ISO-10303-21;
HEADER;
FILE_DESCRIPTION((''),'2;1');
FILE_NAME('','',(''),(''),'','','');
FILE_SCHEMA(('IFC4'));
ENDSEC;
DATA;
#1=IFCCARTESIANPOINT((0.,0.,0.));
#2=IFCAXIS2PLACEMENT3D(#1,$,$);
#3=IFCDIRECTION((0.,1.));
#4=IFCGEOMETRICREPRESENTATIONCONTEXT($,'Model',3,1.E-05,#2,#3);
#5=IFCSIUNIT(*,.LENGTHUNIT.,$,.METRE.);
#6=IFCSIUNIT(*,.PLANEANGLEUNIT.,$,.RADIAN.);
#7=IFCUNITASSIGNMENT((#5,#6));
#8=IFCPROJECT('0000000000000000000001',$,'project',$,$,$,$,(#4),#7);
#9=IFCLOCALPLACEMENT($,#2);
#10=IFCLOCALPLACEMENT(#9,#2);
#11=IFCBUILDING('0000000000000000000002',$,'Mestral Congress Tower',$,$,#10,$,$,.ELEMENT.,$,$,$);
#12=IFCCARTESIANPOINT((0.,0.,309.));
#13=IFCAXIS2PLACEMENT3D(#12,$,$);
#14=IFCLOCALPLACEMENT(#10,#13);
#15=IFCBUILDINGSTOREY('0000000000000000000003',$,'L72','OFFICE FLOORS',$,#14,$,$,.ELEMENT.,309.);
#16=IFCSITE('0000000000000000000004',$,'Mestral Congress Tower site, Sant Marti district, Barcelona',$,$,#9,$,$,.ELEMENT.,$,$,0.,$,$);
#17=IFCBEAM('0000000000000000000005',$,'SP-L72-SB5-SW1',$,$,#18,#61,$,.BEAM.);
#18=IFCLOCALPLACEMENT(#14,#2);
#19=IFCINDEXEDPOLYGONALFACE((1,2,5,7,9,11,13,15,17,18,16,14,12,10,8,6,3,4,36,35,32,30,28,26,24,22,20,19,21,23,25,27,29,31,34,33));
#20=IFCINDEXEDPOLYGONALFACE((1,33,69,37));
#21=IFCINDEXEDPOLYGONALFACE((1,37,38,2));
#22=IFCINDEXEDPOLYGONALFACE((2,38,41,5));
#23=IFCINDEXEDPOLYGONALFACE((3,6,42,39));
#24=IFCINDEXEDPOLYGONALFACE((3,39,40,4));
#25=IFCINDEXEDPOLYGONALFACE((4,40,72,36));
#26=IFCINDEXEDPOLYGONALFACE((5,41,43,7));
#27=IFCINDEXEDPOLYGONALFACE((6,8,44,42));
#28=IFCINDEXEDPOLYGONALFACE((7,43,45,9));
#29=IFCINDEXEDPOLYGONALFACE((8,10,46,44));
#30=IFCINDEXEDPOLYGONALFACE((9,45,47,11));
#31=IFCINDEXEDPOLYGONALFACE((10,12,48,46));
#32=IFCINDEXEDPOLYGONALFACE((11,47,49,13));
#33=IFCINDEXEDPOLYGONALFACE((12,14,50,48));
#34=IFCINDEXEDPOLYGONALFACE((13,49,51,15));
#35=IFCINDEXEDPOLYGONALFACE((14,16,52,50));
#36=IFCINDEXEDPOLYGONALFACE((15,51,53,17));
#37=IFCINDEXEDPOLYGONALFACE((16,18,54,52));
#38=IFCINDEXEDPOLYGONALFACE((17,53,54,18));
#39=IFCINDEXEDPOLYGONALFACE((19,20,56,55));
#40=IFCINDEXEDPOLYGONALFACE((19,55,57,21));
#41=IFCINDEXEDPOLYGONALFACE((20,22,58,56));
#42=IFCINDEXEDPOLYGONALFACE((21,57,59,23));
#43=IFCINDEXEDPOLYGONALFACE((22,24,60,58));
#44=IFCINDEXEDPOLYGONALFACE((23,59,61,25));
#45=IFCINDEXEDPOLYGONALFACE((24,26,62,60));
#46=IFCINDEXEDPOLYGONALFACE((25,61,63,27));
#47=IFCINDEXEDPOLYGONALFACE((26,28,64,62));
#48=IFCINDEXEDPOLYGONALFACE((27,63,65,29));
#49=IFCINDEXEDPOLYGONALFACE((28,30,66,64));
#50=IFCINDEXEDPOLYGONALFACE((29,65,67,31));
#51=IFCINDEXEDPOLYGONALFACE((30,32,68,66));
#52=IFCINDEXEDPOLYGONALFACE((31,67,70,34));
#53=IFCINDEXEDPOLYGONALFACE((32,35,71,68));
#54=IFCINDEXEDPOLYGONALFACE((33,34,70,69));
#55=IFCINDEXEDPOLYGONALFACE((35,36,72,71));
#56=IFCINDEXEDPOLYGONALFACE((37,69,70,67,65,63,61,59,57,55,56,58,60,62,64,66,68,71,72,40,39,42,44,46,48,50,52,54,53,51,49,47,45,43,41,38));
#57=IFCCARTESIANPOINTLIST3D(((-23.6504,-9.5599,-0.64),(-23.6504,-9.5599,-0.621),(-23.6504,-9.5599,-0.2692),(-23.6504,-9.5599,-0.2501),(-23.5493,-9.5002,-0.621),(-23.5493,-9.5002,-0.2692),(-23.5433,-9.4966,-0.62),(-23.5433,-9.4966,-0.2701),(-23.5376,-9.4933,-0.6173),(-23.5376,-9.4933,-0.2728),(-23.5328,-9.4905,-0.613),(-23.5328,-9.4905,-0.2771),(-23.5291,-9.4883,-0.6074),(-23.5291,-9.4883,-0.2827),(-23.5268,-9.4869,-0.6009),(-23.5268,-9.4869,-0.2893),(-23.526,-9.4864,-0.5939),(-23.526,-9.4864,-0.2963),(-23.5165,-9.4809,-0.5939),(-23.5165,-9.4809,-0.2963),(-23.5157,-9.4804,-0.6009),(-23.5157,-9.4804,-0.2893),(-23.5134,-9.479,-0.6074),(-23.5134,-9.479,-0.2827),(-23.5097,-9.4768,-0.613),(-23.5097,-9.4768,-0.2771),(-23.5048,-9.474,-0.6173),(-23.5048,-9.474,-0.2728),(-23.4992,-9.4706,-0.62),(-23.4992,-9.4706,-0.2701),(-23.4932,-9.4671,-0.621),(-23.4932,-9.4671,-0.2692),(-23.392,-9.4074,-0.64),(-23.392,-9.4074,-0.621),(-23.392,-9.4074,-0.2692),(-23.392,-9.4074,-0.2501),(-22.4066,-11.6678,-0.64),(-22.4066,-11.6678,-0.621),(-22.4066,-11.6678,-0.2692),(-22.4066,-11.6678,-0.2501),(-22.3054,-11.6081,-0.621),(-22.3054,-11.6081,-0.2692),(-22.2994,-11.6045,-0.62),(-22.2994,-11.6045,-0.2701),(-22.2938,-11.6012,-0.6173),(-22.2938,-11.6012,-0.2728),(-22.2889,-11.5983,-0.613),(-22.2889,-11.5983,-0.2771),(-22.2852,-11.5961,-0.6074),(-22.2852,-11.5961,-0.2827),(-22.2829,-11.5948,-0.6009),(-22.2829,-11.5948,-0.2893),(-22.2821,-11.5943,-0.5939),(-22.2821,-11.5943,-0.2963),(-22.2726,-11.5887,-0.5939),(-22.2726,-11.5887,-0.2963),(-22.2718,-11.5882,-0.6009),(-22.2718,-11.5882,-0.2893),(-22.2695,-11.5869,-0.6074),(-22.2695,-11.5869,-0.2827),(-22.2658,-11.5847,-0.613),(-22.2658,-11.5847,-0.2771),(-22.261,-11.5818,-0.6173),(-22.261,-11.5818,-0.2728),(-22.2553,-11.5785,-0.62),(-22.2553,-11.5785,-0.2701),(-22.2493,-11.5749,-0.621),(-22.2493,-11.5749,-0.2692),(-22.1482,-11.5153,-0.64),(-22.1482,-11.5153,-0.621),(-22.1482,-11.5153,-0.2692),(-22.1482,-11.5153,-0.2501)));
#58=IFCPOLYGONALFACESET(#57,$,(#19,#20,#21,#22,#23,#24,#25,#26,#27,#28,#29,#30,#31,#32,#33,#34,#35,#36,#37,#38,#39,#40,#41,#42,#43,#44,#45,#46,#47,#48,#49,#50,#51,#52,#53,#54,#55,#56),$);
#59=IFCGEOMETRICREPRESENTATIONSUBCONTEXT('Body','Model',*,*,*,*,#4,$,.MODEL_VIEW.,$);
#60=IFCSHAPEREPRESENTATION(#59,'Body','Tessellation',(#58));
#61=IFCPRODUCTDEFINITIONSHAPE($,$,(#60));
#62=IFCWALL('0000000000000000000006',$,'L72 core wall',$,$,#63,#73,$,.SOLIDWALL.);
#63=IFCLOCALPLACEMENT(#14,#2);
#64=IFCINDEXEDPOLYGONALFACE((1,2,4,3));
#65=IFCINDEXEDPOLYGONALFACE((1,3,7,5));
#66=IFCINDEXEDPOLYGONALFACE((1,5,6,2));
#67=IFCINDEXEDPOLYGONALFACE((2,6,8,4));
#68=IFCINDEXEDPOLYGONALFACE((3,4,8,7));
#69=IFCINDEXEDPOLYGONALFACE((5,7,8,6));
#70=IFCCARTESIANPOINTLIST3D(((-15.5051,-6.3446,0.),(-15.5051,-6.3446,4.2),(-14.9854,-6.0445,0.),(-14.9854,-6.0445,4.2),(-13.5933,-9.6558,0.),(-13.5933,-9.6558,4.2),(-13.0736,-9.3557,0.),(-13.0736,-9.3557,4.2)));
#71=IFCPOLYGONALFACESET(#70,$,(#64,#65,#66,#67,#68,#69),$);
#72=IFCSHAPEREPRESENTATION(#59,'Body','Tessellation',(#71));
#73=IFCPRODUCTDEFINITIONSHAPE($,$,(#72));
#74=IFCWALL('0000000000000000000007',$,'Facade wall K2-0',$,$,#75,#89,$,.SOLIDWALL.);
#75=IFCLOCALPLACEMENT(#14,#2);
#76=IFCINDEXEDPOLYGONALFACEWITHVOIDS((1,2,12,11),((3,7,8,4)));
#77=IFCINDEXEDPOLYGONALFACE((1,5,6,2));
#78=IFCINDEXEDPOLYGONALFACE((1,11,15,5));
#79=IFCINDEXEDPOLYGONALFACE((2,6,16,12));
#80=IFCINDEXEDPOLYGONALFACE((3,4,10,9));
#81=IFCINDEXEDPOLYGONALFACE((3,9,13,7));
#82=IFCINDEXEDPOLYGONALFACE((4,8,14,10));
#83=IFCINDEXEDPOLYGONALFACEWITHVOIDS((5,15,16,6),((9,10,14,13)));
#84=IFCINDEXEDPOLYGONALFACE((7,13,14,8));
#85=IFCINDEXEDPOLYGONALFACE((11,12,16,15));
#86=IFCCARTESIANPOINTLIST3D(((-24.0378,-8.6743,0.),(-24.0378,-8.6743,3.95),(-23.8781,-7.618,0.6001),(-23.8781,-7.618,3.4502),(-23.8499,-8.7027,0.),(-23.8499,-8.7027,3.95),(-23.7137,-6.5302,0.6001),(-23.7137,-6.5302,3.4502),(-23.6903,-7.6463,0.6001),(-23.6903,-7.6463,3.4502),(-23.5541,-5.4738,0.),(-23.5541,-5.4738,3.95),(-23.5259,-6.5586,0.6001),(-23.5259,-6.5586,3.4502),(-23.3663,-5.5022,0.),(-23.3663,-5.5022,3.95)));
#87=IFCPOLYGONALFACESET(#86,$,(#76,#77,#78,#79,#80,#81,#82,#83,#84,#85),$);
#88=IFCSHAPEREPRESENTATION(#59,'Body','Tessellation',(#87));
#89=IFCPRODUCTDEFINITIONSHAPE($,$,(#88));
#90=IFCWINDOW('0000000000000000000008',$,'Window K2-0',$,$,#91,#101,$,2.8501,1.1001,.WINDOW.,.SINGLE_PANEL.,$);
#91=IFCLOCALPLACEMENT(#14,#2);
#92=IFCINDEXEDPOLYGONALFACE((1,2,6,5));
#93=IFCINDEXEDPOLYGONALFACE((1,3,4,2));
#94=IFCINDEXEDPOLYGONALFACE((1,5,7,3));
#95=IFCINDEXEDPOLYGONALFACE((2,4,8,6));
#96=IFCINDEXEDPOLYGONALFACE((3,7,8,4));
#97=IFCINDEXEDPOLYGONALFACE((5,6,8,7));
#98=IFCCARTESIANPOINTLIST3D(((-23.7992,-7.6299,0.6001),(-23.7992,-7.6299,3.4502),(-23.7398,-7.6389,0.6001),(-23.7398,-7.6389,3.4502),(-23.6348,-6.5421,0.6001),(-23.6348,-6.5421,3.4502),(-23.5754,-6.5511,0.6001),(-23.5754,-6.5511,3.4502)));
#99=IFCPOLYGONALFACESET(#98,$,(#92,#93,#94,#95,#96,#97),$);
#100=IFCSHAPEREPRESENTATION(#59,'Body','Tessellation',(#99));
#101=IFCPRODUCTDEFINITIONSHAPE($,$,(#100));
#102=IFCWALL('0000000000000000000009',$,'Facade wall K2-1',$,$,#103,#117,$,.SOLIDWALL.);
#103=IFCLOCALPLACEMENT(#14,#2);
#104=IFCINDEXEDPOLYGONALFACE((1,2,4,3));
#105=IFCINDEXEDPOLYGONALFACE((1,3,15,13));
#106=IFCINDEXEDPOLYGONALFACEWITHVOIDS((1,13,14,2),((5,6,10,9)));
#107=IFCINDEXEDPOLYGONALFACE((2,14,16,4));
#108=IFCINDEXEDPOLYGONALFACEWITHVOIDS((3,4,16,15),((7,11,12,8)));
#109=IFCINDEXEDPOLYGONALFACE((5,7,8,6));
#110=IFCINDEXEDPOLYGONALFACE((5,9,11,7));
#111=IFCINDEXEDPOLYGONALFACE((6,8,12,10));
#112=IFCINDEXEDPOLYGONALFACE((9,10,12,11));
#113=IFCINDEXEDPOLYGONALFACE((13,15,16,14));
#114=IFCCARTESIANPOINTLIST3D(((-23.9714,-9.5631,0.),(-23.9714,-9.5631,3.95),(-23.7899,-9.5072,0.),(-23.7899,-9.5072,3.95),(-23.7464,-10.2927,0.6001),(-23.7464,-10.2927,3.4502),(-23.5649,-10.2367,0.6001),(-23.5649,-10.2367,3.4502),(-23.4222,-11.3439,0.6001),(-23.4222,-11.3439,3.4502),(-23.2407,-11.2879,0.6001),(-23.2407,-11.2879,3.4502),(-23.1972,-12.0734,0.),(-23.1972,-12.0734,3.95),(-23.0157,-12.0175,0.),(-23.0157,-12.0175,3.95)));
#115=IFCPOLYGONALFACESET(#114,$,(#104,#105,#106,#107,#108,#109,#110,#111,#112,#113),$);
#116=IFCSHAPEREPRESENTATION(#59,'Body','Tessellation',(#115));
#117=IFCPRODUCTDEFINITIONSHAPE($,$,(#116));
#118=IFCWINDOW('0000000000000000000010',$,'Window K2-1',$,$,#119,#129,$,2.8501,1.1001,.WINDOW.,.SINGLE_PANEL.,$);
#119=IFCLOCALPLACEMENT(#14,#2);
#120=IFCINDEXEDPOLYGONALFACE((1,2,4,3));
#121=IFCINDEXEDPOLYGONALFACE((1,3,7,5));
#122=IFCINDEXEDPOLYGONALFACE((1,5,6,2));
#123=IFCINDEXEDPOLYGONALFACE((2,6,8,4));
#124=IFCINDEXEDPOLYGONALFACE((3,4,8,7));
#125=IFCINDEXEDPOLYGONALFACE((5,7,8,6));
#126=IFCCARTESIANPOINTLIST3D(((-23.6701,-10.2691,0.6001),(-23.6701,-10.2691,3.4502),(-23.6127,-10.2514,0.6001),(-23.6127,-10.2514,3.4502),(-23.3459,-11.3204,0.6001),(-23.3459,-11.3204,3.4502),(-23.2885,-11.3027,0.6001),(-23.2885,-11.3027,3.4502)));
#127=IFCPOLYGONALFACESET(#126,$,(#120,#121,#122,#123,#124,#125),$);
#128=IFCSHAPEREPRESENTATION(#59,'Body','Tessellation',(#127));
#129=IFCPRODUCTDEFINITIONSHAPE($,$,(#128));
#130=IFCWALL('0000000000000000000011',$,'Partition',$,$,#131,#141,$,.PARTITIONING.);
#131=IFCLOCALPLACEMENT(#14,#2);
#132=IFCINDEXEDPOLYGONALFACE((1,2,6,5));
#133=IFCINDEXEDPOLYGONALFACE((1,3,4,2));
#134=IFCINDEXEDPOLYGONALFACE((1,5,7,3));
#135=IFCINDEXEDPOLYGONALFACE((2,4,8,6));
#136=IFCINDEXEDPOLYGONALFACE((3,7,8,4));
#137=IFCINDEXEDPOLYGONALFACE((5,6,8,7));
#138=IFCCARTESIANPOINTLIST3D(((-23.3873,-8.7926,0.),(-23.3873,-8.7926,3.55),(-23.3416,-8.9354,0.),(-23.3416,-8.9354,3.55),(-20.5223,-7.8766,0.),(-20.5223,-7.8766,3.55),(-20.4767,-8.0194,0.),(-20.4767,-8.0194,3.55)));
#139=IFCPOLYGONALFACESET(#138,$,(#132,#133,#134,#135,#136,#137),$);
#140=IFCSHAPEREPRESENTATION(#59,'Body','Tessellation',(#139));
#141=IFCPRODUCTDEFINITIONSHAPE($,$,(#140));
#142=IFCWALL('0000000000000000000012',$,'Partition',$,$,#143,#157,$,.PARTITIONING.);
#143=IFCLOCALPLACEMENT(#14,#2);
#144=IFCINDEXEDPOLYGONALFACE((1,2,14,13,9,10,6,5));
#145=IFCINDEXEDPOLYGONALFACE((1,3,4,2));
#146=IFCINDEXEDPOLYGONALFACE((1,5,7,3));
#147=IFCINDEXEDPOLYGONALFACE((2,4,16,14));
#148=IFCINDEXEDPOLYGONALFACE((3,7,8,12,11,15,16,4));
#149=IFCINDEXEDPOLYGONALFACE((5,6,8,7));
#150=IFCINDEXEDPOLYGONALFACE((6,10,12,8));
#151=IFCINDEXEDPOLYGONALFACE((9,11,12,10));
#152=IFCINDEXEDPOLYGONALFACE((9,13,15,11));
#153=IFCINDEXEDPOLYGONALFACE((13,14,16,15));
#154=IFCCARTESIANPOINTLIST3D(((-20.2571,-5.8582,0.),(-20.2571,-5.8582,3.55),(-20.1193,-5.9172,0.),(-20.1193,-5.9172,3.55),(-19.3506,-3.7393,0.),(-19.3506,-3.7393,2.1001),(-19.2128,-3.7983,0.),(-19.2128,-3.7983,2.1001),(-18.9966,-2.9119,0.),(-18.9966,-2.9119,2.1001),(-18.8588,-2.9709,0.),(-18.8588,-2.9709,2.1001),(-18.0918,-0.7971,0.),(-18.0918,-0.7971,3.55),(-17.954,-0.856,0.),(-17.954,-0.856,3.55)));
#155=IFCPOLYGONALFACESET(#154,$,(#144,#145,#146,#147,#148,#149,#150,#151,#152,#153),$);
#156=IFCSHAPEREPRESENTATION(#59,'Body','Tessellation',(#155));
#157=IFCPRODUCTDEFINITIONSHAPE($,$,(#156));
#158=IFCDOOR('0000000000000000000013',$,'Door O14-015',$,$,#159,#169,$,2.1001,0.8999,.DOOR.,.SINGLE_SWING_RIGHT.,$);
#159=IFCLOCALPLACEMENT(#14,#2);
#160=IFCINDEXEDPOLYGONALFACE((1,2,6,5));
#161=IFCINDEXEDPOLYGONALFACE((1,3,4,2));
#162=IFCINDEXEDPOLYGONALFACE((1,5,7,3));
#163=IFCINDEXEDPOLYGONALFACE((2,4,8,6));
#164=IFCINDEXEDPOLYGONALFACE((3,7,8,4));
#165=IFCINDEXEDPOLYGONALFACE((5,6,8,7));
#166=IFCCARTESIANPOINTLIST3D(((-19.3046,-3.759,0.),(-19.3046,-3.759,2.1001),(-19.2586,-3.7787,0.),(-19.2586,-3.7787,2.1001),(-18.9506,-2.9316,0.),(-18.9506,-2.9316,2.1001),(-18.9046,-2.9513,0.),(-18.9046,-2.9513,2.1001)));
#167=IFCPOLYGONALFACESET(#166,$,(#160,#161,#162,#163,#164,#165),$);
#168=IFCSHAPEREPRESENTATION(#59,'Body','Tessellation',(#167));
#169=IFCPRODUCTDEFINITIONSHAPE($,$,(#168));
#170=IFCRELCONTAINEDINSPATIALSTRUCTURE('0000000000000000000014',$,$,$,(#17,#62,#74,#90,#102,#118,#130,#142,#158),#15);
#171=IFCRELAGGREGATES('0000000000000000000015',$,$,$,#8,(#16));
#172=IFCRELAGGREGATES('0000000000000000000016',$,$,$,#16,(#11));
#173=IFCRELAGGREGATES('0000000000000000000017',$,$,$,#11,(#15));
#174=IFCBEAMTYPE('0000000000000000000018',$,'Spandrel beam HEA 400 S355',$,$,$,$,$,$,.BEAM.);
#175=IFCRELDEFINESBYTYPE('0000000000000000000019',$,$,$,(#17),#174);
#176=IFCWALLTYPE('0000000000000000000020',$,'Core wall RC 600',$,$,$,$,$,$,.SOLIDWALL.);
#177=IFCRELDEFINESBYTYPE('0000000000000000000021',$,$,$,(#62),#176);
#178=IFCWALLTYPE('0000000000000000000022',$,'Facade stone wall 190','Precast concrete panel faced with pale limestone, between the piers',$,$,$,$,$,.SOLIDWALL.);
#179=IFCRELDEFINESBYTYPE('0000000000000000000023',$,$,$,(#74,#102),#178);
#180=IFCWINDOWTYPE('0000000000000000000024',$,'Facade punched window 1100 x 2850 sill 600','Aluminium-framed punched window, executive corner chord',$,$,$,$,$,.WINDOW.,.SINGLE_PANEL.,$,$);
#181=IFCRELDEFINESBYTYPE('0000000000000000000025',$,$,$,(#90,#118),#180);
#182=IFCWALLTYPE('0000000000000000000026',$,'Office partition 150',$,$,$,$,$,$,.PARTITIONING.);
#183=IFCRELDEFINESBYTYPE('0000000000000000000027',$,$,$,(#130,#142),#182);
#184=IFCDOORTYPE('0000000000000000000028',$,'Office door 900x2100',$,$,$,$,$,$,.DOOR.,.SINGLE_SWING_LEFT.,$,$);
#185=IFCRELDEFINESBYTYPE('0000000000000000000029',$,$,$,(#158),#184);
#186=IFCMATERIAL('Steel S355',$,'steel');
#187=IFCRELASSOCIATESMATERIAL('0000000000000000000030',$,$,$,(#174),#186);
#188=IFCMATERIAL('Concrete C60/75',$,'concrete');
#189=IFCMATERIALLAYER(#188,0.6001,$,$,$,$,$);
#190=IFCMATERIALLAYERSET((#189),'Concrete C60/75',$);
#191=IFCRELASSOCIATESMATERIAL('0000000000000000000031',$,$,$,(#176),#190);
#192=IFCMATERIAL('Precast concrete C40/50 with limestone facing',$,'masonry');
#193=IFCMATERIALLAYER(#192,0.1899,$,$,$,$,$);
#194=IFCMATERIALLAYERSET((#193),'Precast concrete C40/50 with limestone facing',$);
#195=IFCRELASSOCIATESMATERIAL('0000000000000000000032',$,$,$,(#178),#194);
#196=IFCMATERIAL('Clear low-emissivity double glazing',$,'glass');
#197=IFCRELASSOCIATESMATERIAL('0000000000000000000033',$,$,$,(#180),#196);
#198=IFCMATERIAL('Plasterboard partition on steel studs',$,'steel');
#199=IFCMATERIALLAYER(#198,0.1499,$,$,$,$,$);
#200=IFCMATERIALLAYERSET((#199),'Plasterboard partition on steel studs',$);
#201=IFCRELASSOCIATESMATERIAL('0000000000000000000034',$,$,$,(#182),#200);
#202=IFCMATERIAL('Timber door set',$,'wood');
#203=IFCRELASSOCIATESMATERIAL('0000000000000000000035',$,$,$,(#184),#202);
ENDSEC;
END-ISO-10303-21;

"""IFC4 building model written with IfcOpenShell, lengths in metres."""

from ifc_helpers import new_model, si_unit, direction, frame, frame_2d, origin, origin_2d, place, context, subcontext, project, spatial, rectangle, i_section, extrude, material, layer, layer_set, material_profile, profile_set, type_object, element, fill, save


model = new_model("IFC4")

# Units and contexts
model_context = context("Model", 3, precision=1e-05, world=origin(), true_north=direction((0.0, 1.0)))
body_context = subcontext(model_context, "Body", "Model", "MODEL_VIEW")
ifc_project = project(units=[si_unit("LENGTHUNIT", "METRE"), si_unit("PLANEANGLEUNIT", "RADIAN")], contexts=[model_context])

# Site, building, storey
site_placement = place(None, origin())
site = spatial("IfcSite", under=ifc_project, at=site_placement, Name="Mestral Congress Tower site, Sant Marti district, Barcelona", CompositionType="ELEMENT", RefElevation=0.0)
building_placement = place(site_placement, origin())
building = spatial("IfcBuilding", under=site, at=building_placement, Name="Mestral Congress Tower", CompositionType="ELEMENT")
storey_placement = place(building_placement, frame((0.0, 0.0, 309.0)))
storey = spatial("IfcBuildingStorey", under=building, at=storey_placement, Name="L72", Description="OFFICE FLOORS", CompositionType="ELEMENT", Elevation=309.0)

# Shared definitions
ifc_material_1 = material(Name="Concrete C60/75", Category="concrete")

# Beam
ifc_material_2 = material(Name="Steel S355", Category="steel")
ifc_material_profile_1 = material_profile(ifc_material_2, i_section(OverallWidth=0.3, OverallDepth=0.3899, WebThickness=0.011, FlangeThickness=0.019, FilletRadius=0.0271, at=origin_2d()), Name="HEA 400")
ifc_profile_set_1 = profile_set([ifc_material_profile_1], Name="Steel S355")
beam_type_1 = type_object("IfcBeamType", Name="Spandrel beam HEA 400 S355", PredefinedType="BEAM", material=ifc_profile_set_1)
beam_1_placement = place(storey_placement, frame((-23.5212, -9.4836, -0.4451), z_axis=(0.508218, -0.861228, 0.0), x_axis=(0.861228, 0.508218, 0.0)))
element("IfcBeam", 1, at=beam_1_placement, inside=storey, type_object=beam_type_1, Name="SP-L72-SB5-SW1", PredefinedType="BEAM", context=body_context, shape_type="SweptSolid", body=[
    extrude(i_section(OverallWidth=0.3, OverallDepth=0.3899, WebThickness=0.011, FlangeThickness=0.019, FilletRadius=0.0271, at=origin_2d()), origin(), (0.0, 0.0, 1.0), 2.4475),
])

# Wall
ifc_layer_1 = layer(ifc_material_1, 0.6001)
ifc_layer_set_1 = layer_set([ifc_layer_1], Name="Concrete C60/75")
wall_type_1 = type_object("IfcWallType", Name="Core wall RC 600", PredefinedType="SOLIDWALL", material=ifc_layer_set_1)
wall_1_placement = place(storey_placement, frame((-13.3335, -9.5056, 0.0), z_axis=(0.0, 0.0, 1.0), x_axis=(-0.500019, 0.866014, 0.0)))
element("IfcWall", 2, at=wall_1_placement, inside=storey, type_object=wall_type_1, Name="L72 core wall", PredefinedType="SOLIDWALL", context=body_context, shape_type="SweptSolid", body=[
    extrude(rectangle(XDim=3.8235, YDim=0.6001, at=frame_2d((1.9116, 0.0))), origin(), (0.0, 0.0, 1.0), 4.2),
])

# Walls, openings, windows
ifc_material_3 = material(Name="Precast concrete C40/50 with limestone facing", Category="masonry")
ifc_layer_2 = layer(ifc_material_3, 0.1899)
ifc_layer_set_2 = layer_set([ifc_layer_2], Name="Precast concrete C40/50 with limestone facing")
wall_type_2 = type_object("IfcWallType", Name="Facade stone wall 190", Description="Precast concrete panel faced with pale limestone, between the piers", PredefinedType="SOLIDWALL", material=ifc_layer_set_2)
wall_2_placement = place(storey_placement, frame((-23.4602, -5.488, 0.0), z_axis=(0.0, 0.0, 1.0), x_axis=(-0.149421, -0.988774, 0.0)))
wall_2 = element("IfcWall", 3, at=wall_2_placement, inside=storey, type_object=wall_type_2, Name="Facade wall K2-0", PredefinedType="SOLIDWALL", context=body_context, shape_type="SweptSolid", body=[
    extrude(rectangle(XDim=3.2368, YDim=0.1899, at=frame_2d((1.6184, 0.0))), origin(), (0.0, 0.0, 1.0), 3.95),
])
opening_1_placement = place(wall_2_placement, frame((1.0684, 0.0, 0.6001)))
opening_1 = element("IfcOpeningElement", 4, at=opening_1_placement, cuts=wall_2, PredefinedType="OPENING", context=body_context, shape_type="SweptSolid", body=[
    extrude(rectangle(XDim=1.1001, YDim=2.8501, at=frame_2d((0.55, 1.425))), frame((0.0, 0.105, 0.0), z_axis=(0.0, -1.0, 0.0), x_axis=(1.0, 0.0, 0.0)), (0.0, 0.0, 1.0), 0.21),
])
ifc_material_4 = material(Name="Clear low-emissivity double glazing", Category="glass")
window_type = type_object("IfcWindowType", Name="Facade punched window 1100 x 2850 sill 600", Description="Aluminium-framed punched window, executive corner chord", PartitioningType="SINGLE_PANEL", PredefinedType="WINDOW", material=ifc_material_4)
window_1_placement = place(opening_1_placement, origin())
window_1 = element("IfcWindow", 5, at=window_1_placement, inside=storey, type_object=window_type, Name="Window K2-0", OverallHeight=2.8501, OverallWidth=1.1001, PartitioningType="SINGLE_PANEL", PredefinedType="WINDOW", context=body_context, shape_type="SweptSolid", body=[
    extrude(rectangle(XDim=1.1001, YDim=2.8501, at=frame_2d((0.55, 1.425))), frame((0.0, 0.0449, 0.0), z_axis=(0.0, -1.0, 0.0), x_axis=(1.0, 0.0, 0.0)), (0.0, 0.0, 1.0), 0.0601),
])
fill(opening_1, window_1)
wall_3_placement = place(storey_placement, frame((-23.8806, -9.5352, 0.0), z_axis=(0.0, 0.0, 1.0), x_axis=(0.294706, -0.955588, 0.0)))
wall_3 = element("IfcWall", 6, at=wall_3_placement, inside=storey, type_object=wall_type_2, Name="Facade wall K2-1", PredefinedType="SOLIDWALL", context=body_context, shape_type="SweptSolid", body=[
    extrude(rectangle(XDim=2.627, YDim=0.1899, at=frame_2d((1.3135, 0.0))), origin(), (0.0, 0.0, 1.0), 3.95),
])
opening_2_placement = place(wall_3_placement, frame((0.7634, 0.0, 0.6001)))
opening_2 = element("IfcOpeningElement", 7, at=opening_2_placement, cuts=wall_3, PredefinedType="OPENING", context=body_context, shape_type="SweptSolid", body=[
    extrude(rectangle(XDim=1.1001, YDim=2.8501, at=frame_2d((0.55, 1.425))), frame((0.0, 0.105, 0.0), z_axis=(0.0, -1.0, 0.0), x_axis=(1.0, 0.0, 0.0)), (0.0, 0.0, 1.0), 0.21),
])
window_2_placement = place(opening_2_placement, origin())
window_2 = element("IfcWindow", 8, at=window_2_placement, inside=storey, type_object=window_type, Name="Window K2-1", OverallHeight=2.8501, OverallWidth=1.1001, PartitioningType="SINGLE_PANEL", PredefinedType="WINDOW", context=body_context, shape_type="SweptSolid", body=[
    extrude(rectangle(XDim=1.1001, YDim=2.8501, at=frame_2d((0.55, 1.425))), frame((0.0, 0.0449, 0.0), z_axis=(0.0, -1.0, 0.0), x_axis=(1.0, 0.0, 0.0)), (0.0, 0.0, 1.0), 0.0601),
])
fill(opening_2, window_2)

# Wall
ifc_material_5 = material(Name="Plasterboard partition on steel studs", Category="steel")
ifc_layer_3 = layer(ifc_material_5, 0.1499)
ifc_layer_set_3 = layer_set([ifc_layer_3], Name="Plasterboard partition on steel studs")
wall_type_3 = type_object("IfcWallType", Name="Office partition 150", PredefinedType="PARTITIONING", material=ifc_layer_set_3)
wall_4_placement = place(storey_placement, frame((-20.4995, -7.948, 0.0), z_axis=(0.0, 0.0, 1.0), x_axis=(-0.9525, -0.30454, 0.0)))
element("IfcWall", 9, at=wall_4_placement, inside=storey, type_object=wall_type_3, Name="Partition", PredefinedType="PARTITIONING", context=body_context, shape_type="SweptSolid", body=[
    extrude(rectangle(XDim=3.0078, YDim=0.1499, at=frame_2d((1.5039, 0.0))), origin(), (0.0, 0.0, 1.0), 3.55),
])

# Wall, opening, door
wall_5_placement = place(storey_placement, frame((-20.1882, -5.8877, 0.0), z_axis=(0.0, 0.0, 1.0), x_axis=(0.393346, 0.91939, 0.0)))
wall_5 = element("IfcWall", 10, at=wall_5_placement, inside=storey, type_object=wall_type_3, Name="Partition", PredefinedType="PARTITIONING", context=body_context, shape_type="SweptSolid", body=[
    extrude(rectangle(XDim=5.5049, YDim=0.1499, at=frame_2d((2.7524, 0.0))), origin(), (0.0, 0.0, 1.0), 3.55),
])
opening_3_placement = place(wall_5_placement, frame((2.3047, 0.0, 0.0)))
opening_3 = element("IfcOpeningElement", 11, at=opening_3_placement, cuts=wall_5, PredefinedType="OPENING", context=body_context, shape_type="SweptSolid", body=[
    extrude(rectangle(XDim=0.8999, YDim=2.1001, at=frame_2d((0.45, 1.05))), frame((0.0, 0.085, 0.0), z_axis=(0.0, -1.0, 0.0), x_axis=(1.0, 0.0, 0.0)), (0.0, 0.0, 1.0), 0.1699),
])
ifc_material_6 = material(Name="Timber door set", Category="wood")
door_type = type_object("IfcDoorType", Name="Office door 900x2100", OperationType="SINGLE_SWING_LEFT", PredefinedType="DOOR", material=ifc_material_6)
door_placement = place(opening_3_placement, origin())
door = element("IfcDoor", 12, at=door_placement, inside=storey, type_object=door_type, Name="Door O14-015", OperationType="SINGLE_SWING_RIGHT", OverallHeight=2.1001, OverallWidth=0.8999, PredefinedType="DOOR", context=body_context, shape_type="SweptSolid", body=[
    extrude(rectangle(XDim=0.8999, YDim=2.1001, at=frame_2d((0.45, 1.05))), frame((0.0, 0.0249, 0.0), z_axis=(0.0, -1.0, 0.0), x_axis=(1.0, 0.0, 0.0)), (0.0, 0.0, 1.0), 0.05),
])
fill(opening_3, door)

save(model, "model.ifc")
